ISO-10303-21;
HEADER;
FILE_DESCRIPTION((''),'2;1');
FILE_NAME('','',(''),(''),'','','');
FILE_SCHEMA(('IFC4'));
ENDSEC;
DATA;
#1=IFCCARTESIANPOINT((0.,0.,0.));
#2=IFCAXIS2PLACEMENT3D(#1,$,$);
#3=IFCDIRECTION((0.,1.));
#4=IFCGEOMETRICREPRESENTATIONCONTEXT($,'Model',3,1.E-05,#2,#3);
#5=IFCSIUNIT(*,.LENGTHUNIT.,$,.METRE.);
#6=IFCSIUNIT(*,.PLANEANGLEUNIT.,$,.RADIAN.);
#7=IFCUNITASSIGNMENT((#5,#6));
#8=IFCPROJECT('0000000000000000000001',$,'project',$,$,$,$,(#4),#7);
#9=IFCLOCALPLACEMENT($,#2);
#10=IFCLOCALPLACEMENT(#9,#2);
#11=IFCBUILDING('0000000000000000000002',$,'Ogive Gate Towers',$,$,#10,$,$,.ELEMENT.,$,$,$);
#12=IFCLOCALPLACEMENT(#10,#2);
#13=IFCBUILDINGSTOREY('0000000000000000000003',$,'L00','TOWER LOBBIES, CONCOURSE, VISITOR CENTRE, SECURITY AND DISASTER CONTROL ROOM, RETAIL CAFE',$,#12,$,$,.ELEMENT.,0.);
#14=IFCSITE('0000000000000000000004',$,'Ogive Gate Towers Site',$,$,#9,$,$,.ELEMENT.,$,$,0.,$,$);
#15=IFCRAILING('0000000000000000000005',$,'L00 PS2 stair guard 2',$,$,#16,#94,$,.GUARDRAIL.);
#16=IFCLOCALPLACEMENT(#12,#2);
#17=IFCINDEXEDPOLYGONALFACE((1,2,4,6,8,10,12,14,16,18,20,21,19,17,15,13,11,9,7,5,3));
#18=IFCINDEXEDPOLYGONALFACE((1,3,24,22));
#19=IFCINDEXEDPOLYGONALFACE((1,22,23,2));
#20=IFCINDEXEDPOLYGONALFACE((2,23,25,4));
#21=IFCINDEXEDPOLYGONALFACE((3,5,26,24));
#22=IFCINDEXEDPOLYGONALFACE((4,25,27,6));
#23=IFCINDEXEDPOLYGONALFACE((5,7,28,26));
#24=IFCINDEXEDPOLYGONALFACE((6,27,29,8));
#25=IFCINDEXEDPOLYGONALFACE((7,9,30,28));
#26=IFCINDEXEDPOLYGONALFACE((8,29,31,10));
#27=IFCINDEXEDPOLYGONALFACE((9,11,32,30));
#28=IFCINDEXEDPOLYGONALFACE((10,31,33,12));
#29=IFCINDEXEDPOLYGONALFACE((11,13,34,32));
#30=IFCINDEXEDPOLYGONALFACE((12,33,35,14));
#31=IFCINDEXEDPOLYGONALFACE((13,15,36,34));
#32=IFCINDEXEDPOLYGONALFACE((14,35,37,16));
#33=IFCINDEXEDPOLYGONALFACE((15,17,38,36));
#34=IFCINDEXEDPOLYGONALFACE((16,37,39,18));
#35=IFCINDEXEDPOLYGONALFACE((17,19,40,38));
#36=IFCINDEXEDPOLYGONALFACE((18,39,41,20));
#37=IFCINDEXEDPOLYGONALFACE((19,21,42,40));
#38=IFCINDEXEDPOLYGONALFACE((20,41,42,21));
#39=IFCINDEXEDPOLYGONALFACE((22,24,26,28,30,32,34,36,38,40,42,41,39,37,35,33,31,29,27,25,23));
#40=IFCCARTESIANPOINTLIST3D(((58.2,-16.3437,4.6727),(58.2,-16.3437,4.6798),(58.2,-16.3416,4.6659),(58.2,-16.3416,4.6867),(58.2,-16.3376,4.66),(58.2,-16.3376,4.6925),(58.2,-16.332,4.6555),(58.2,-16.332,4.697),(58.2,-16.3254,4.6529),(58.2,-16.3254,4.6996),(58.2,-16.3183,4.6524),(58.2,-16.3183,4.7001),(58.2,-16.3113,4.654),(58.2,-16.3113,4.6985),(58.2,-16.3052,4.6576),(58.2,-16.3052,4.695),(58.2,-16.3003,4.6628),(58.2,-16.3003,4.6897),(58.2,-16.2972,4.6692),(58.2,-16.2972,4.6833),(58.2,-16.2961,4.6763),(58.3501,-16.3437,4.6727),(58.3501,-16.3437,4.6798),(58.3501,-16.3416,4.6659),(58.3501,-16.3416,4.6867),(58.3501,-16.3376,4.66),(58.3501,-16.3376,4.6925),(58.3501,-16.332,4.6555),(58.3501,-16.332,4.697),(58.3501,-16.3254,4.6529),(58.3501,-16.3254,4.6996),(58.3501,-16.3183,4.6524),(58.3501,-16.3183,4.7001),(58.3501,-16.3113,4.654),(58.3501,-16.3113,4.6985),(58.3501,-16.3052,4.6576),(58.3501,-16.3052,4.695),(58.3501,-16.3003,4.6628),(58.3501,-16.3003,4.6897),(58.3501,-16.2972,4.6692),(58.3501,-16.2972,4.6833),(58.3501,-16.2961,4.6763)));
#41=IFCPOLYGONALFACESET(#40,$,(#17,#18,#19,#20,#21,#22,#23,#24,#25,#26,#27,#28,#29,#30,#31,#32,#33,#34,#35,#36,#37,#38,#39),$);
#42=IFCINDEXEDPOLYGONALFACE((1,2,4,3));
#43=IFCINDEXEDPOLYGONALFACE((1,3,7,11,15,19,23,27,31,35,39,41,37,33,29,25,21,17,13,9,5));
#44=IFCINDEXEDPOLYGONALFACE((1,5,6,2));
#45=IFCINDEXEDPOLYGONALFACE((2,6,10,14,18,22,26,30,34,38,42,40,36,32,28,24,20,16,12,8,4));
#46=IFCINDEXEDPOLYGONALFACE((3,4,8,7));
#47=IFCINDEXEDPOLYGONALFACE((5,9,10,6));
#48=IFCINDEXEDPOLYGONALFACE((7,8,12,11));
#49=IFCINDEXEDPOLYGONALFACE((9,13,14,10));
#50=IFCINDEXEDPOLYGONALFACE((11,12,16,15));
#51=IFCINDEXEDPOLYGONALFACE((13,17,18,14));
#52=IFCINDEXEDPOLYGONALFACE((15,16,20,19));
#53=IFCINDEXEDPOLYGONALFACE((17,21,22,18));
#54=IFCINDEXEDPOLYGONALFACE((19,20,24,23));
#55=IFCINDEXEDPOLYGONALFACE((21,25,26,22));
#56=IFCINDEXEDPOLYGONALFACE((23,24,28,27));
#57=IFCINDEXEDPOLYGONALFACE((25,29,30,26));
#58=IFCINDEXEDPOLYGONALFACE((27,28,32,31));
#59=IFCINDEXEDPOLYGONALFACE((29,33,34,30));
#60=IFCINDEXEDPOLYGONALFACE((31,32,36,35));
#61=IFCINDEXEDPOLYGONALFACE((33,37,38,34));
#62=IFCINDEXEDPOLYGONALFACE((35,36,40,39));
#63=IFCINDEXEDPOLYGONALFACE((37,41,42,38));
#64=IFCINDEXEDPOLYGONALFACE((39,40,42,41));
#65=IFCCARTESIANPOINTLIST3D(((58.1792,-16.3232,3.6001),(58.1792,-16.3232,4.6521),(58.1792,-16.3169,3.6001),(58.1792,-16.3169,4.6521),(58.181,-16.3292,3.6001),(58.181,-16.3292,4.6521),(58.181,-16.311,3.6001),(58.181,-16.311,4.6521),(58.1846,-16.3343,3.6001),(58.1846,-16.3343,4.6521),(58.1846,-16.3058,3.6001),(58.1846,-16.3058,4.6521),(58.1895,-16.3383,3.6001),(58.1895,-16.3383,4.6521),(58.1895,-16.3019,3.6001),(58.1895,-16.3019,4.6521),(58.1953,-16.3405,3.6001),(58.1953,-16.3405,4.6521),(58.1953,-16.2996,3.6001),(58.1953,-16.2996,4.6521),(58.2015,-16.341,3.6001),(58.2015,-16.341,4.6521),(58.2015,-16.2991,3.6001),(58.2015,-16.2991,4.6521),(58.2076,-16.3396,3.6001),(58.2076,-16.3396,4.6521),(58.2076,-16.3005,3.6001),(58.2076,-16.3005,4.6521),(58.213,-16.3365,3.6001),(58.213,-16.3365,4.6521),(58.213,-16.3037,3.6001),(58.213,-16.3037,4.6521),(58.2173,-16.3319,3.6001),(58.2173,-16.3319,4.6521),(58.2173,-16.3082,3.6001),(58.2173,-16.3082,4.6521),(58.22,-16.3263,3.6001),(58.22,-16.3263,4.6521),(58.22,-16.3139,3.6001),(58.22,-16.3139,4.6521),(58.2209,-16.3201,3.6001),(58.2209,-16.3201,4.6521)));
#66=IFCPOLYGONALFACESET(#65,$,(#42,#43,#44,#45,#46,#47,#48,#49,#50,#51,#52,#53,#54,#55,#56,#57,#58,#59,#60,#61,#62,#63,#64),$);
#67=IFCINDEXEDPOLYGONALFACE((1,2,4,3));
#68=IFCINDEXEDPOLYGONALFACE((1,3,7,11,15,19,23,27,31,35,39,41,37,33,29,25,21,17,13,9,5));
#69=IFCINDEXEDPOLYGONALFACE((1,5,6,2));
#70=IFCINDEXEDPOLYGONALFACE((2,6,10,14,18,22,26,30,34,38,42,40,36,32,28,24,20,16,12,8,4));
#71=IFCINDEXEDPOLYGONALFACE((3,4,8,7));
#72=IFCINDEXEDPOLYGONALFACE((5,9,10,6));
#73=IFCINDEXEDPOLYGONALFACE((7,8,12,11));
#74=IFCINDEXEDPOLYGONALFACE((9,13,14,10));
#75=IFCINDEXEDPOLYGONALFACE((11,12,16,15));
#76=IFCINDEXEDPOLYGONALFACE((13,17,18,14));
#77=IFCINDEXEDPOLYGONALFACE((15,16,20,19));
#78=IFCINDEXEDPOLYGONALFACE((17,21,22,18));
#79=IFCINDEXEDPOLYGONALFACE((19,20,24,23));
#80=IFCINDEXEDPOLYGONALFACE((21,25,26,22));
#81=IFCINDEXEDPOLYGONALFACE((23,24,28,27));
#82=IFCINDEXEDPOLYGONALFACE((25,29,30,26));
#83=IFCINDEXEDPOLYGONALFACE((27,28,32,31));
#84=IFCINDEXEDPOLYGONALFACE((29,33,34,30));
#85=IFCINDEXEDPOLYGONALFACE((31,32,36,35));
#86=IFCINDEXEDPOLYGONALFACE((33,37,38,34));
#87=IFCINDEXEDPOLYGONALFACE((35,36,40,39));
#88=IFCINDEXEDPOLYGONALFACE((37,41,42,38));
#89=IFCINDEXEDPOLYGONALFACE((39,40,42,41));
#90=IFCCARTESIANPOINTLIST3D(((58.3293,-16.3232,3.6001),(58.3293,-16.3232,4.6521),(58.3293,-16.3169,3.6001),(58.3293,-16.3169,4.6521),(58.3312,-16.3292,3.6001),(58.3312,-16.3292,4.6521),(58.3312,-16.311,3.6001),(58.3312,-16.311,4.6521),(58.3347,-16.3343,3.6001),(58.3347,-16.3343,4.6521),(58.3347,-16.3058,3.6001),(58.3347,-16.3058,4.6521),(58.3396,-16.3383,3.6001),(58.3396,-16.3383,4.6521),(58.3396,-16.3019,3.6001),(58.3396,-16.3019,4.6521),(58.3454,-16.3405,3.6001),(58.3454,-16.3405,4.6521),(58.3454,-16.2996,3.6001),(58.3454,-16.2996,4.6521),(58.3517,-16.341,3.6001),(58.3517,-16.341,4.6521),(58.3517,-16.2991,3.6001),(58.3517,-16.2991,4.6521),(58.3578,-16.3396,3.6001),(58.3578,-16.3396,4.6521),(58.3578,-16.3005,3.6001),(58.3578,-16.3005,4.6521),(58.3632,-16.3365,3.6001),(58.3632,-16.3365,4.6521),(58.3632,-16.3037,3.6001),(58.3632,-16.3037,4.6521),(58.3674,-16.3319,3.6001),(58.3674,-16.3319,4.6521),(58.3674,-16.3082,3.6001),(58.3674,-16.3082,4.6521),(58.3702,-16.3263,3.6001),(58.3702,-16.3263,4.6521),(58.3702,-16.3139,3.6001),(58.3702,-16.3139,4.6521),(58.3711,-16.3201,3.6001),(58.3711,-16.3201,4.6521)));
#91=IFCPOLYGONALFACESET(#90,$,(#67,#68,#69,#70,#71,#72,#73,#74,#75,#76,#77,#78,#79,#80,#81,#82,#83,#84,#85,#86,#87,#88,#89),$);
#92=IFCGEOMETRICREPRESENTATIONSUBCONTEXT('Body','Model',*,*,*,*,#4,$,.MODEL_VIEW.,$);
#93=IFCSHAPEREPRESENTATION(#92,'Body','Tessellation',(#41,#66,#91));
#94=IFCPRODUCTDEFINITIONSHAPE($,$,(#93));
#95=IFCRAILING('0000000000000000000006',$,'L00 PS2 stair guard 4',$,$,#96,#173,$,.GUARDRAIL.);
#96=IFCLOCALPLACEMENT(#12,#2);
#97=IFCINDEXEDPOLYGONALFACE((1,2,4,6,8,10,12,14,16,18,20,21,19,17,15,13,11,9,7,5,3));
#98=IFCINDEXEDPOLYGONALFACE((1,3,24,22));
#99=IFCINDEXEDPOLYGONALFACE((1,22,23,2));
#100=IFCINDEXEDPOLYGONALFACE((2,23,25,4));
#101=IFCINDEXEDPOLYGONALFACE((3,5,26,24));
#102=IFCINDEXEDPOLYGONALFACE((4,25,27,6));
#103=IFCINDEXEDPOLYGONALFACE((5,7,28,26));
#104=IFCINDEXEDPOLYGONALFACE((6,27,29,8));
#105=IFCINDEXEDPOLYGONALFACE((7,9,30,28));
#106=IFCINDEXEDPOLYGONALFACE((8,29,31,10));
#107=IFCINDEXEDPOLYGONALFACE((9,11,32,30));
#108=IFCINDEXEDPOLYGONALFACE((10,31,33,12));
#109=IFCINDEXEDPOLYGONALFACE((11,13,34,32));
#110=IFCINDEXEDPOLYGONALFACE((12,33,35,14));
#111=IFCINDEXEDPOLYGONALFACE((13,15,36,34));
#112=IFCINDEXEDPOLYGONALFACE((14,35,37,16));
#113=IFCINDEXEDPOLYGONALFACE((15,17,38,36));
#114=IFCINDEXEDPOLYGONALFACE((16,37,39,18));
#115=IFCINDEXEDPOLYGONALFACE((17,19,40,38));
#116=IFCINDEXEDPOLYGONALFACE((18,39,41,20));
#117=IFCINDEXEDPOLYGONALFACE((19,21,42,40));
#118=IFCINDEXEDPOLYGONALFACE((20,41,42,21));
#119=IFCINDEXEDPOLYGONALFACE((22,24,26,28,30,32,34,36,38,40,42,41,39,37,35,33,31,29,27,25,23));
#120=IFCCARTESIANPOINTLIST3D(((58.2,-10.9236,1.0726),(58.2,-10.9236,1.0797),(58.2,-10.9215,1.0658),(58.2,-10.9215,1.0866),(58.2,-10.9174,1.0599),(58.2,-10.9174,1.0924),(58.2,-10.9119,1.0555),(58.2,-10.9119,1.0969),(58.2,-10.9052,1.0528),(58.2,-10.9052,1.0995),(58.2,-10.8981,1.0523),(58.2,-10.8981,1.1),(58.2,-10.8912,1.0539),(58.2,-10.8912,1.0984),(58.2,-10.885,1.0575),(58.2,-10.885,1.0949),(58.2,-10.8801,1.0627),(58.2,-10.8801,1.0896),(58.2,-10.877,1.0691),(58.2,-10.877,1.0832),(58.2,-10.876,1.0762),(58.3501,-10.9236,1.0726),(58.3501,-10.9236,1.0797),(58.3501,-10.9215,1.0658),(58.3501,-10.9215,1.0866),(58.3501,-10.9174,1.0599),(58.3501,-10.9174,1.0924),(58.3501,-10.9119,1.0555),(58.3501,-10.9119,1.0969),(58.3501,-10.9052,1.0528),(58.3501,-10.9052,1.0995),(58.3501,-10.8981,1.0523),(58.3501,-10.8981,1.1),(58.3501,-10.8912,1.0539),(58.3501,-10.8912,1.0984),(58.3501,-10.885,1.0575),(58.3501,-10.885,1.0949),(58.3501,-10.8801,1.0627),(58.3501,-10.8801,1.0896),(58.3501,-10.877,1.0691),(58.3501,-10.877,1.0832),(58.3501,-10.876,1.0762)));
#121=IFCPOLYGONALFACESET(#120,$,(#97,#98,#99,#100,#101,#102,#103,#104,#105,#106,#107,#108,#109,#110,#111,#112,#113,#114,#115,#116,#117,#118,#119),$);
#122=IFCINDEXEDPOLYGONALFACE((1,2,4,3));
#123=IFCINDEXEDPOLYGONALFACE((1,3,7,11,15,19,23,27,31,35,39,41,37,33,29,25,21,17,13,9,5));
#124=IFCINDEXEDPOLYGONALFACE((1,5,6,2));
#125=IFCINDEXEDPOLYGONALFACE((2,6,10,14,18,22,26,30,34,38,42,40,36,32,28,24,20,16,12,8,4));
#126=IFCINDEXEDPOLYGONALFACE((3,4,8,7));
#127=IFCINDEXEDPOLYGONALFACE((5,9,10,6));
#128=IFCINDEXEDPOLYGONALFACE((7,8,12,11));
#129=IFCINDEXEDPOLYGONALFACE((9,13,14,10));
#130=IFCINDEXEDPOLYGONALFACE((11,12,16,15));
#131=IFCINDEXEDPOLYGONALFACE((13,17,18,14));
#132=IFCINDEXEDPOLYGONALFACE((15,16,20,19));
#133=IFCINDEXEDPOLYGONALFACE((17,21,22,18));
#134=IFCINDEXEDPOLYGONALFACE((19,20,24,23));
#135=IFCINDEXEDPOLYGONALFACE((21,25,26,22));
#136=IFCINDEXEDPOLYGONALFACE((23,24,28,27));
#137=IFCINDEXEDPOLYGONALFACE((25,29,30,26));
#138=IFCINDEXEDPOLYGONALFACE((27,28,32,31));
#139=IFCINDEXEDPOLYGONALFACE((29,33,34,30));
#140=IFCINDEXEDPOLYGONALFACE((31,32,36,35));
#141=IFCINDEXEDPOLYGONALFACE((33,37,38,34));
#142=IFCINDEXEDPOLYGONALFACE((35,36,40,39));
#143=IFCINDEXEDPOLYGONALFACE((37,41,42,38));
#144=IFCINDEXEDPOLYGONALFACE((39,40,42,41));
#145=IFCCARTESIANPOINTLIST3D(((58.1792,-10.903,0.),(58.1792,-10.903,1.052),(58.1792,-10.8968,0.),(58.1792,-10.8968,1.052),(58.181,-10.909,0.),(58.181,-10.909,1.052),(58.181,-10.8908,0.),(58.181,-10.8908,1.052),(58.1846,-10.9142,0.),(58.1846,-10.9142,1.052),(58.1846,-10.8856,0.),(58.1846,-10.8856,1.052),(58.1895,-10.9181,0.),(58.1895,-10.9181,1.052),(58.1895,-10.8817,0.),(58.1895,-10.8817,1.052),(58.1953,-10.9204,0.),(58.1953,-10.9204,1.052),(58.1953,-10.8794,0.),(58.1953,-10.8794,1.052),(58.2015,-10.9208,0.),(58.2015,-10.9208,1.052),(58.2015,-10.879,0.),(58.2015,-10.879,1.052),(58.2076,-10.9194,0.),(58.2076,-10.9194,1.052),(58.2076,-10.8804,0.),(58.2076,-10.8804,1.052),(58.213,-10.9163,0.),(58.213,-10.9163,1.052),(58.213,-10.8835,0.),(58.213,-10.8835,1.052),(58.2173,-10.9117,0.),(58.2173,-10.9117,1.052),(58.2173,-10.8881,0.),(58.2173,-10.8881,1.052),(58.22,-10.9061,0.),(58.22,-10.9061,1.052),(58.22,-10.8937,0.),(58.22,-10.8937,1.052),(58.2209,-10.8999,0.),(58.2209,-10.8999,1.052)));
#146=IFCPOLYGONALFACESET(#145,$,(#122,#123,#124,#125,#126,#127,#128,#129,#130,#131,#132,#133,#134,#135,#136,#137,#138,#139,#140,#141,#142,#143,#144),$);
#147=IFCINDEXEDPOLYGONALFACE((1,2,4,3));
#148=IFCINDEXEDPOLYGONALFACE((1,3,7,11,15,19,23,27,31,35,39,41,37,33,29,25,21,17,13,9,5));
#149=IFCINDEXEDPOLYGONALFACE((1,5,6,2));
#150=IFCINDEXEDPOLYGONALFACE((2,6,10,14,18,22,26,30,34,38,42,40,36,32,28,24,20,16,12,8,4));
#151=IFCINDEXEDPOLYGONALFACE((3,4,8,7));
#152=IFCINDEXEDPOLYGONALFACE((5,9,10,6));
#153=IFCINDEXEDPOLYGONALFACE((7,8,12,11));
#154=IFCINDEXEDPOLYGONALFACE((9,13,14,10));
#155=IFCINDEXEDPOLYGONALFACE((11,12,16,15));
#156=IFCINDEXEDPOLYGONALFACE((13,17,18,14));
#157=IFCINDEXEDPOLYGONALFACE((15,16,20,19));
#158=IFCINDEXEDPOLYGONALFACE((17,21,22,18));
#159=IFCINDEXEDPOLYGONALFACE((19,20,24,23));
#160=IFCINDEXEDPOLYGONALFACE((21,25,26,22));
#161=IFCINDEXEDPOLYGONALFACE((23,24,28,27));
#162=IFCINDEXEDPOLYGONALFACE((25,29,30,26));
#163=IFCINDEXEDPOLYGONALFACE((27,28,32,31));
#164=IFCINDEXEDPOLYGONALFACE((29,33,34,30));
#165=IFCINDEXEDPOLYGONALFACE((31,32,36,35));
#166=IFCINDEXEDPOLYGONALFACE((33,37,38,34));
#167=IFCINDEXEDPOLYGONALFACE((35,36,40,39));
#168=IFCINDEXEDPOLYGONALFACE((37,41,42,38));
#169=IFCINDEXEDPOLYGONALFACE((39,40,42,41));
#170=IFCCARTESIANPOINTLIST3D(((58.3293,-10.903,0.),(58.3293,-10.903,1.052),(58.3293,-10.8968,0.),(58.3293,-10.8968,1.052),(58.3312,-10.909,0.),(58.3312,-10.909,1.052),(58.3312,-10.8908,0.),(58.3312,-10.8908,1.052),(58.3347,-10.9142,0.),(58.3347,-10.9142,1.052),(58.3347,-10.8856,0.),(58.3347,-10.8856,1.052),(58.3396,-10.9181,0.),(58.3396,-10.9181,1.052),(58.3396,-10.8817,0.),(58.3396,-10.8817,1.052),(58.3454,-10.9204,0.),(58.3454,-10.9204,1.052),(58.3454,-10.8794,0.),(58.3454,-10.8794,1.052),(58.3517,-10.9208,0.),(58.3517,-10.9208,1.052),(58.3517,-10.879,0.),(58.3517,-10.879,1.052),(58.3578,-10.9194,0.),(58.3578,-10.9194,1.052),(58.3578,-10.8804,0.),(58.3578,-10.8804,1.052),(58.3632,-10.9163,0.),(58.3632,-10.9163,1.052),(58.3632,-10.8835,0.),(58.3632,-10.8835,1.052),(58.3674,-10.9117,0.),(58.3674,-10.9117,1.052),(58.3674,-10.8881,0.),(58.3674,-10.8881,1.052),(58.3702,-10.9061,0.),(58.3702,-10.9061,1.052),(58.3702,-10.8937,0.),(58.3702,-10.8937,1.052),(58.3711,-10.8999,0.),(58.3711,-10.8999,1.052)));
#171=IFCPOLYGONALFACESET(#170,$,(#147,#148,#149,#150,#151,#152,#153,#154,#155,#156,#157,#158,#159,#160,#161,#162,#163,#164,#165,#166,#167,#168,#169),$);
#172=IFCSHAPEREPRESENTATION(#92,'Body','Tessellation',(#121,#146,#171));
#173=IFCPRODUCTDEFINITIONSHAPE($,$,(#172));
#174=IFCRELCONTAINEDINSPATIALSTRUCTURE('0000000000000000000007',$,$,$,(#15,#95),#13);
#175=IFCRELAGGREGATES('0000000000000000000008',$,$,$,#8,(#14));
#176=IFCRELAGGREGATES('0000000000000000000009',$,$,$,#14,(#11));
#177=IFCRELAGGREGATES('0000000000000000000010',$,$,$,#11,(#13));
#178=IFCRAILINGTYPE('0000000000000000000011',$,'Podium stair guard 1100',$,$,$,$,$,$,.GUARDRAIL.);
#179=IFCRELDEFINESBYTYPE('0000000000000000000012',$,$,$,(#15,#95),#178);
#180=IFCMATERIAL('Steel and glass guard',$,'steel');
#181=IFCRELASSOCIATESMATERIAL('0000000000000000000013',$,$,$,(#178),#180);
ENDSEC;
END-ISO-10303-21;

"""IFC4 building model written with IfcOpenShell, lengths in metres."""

from ifc_helpers import new_model, si_unit, direction, frame, origin, origin_2d, place, context, subcontext, project, spatial, circle, extrude, material, type_object, element, save


model = new_model("IFC4")

# Units and contexts
model_context = context("Model", 3, precision=1e-05, world=origin(), true_north=direction((0.0, 1.0)))
body_context = subcontext(model_context, "Body", "Model", "MODEL_VIEW")
ifc_project = project(units=[si_unit("LENGTHUNIT", "METRE"), si_unit("PLANEANGLEUNIT", "RADIAN")], contexts=[model_context])

# Site, building, storey
site_placement = place(None, origin())
site = spatial("IfcSite", under=ifc_project, at=site_placement, Name="Ogive Gate Towers Site", CompositionType="ELEMENT", RefElevation=0.0)
building_placement = place(site_placement, origin())
building = spatial("IfcBuilding", under=site, at=building_placement, Name="Ogive Gate Towers", CompositionType="ELEMENT")
storey_placement = place(building_placement, origin())
storey = spatial("IfcBuildingStorey", under=building, at=storey_placement, Name="L00", Description="TOWER LOBBIES, CONCOURSE, VISITOR CENTRE, SECURITY AND DISASTER CONTROL ROOM, RETAIL CAFE", CompositionType="ELEMENT", Elevation=0.0)

# Railings
ifc_material_1 = material(Name="Steel and glass guard", Category="steel")
railing_type_1 = type_object("IfcRailingType", Name="Podium stair guard 1100", PredefinedType="GUARDRAIL", material=ifc_material_1)
railing_1_placement = place(storey_placement, frame((58.2, -16.3201, 3.6001)))
element("IfcRailing", 1, at=railing_1_placement, inside=storey, type_object=railing_type_1, Name="L00 PS2 stair guard 2", PredefinedType="GUARDRAIL", context=body_context, shape_type="SweptSolid", body=[
    extrude(circle(Radius=0.0239, at=origin_2d()), frame((0.0, 0.0, 1.0762), z_axis=(1.0, 0.0, 0.0), x_axis=(0.0, 1.0, 0.0)), (0.0, 0.0, 1.0), 0.1501),
    extrude(circle(Radius=0.021, at=origin_2d()), origin(), (0.0, 0.0, 1.0), 1.052),
    extrude(circle(Radius=0.021, at=origin_2d()), frame((0.1501, 0.0, 0.0)), (0.0, 0.0, 1.0), 1.052),
])
railing_2_placement = place(storey_placement, frame((58.2, -10.8999, 0.0)))
element("IfcRailing", 2, at=railing_2_placement, inside=storey, type_object=railing_type_1, Name="L00 PS2 stair guard 4", PredefinedType="GUARDRAIL", context=body_context, shape_type="SweptSolid", body=[
    extrude(circle(Radius=0.0239, at=origin_2d()), frame((0.0, 0.0, 1.0762), z_axis=(1.0, 0.0, 0.0), x_axis=(0.0, 1.0, 0.0)), (0.0, 0.0, 1.0), 0.1501),
    extrude(circle(Radius=0.021, at=origin_2d()), origin(), (0.0, 0.0, 1.0), 1.052),
    extrude(circle(Radius=0.021, at=origin_2d()), frame((0.1501, 0.0, 0.0)), (0.0, 0.0, 1.0), 1.052),
])

save(model, "model.ifc")
